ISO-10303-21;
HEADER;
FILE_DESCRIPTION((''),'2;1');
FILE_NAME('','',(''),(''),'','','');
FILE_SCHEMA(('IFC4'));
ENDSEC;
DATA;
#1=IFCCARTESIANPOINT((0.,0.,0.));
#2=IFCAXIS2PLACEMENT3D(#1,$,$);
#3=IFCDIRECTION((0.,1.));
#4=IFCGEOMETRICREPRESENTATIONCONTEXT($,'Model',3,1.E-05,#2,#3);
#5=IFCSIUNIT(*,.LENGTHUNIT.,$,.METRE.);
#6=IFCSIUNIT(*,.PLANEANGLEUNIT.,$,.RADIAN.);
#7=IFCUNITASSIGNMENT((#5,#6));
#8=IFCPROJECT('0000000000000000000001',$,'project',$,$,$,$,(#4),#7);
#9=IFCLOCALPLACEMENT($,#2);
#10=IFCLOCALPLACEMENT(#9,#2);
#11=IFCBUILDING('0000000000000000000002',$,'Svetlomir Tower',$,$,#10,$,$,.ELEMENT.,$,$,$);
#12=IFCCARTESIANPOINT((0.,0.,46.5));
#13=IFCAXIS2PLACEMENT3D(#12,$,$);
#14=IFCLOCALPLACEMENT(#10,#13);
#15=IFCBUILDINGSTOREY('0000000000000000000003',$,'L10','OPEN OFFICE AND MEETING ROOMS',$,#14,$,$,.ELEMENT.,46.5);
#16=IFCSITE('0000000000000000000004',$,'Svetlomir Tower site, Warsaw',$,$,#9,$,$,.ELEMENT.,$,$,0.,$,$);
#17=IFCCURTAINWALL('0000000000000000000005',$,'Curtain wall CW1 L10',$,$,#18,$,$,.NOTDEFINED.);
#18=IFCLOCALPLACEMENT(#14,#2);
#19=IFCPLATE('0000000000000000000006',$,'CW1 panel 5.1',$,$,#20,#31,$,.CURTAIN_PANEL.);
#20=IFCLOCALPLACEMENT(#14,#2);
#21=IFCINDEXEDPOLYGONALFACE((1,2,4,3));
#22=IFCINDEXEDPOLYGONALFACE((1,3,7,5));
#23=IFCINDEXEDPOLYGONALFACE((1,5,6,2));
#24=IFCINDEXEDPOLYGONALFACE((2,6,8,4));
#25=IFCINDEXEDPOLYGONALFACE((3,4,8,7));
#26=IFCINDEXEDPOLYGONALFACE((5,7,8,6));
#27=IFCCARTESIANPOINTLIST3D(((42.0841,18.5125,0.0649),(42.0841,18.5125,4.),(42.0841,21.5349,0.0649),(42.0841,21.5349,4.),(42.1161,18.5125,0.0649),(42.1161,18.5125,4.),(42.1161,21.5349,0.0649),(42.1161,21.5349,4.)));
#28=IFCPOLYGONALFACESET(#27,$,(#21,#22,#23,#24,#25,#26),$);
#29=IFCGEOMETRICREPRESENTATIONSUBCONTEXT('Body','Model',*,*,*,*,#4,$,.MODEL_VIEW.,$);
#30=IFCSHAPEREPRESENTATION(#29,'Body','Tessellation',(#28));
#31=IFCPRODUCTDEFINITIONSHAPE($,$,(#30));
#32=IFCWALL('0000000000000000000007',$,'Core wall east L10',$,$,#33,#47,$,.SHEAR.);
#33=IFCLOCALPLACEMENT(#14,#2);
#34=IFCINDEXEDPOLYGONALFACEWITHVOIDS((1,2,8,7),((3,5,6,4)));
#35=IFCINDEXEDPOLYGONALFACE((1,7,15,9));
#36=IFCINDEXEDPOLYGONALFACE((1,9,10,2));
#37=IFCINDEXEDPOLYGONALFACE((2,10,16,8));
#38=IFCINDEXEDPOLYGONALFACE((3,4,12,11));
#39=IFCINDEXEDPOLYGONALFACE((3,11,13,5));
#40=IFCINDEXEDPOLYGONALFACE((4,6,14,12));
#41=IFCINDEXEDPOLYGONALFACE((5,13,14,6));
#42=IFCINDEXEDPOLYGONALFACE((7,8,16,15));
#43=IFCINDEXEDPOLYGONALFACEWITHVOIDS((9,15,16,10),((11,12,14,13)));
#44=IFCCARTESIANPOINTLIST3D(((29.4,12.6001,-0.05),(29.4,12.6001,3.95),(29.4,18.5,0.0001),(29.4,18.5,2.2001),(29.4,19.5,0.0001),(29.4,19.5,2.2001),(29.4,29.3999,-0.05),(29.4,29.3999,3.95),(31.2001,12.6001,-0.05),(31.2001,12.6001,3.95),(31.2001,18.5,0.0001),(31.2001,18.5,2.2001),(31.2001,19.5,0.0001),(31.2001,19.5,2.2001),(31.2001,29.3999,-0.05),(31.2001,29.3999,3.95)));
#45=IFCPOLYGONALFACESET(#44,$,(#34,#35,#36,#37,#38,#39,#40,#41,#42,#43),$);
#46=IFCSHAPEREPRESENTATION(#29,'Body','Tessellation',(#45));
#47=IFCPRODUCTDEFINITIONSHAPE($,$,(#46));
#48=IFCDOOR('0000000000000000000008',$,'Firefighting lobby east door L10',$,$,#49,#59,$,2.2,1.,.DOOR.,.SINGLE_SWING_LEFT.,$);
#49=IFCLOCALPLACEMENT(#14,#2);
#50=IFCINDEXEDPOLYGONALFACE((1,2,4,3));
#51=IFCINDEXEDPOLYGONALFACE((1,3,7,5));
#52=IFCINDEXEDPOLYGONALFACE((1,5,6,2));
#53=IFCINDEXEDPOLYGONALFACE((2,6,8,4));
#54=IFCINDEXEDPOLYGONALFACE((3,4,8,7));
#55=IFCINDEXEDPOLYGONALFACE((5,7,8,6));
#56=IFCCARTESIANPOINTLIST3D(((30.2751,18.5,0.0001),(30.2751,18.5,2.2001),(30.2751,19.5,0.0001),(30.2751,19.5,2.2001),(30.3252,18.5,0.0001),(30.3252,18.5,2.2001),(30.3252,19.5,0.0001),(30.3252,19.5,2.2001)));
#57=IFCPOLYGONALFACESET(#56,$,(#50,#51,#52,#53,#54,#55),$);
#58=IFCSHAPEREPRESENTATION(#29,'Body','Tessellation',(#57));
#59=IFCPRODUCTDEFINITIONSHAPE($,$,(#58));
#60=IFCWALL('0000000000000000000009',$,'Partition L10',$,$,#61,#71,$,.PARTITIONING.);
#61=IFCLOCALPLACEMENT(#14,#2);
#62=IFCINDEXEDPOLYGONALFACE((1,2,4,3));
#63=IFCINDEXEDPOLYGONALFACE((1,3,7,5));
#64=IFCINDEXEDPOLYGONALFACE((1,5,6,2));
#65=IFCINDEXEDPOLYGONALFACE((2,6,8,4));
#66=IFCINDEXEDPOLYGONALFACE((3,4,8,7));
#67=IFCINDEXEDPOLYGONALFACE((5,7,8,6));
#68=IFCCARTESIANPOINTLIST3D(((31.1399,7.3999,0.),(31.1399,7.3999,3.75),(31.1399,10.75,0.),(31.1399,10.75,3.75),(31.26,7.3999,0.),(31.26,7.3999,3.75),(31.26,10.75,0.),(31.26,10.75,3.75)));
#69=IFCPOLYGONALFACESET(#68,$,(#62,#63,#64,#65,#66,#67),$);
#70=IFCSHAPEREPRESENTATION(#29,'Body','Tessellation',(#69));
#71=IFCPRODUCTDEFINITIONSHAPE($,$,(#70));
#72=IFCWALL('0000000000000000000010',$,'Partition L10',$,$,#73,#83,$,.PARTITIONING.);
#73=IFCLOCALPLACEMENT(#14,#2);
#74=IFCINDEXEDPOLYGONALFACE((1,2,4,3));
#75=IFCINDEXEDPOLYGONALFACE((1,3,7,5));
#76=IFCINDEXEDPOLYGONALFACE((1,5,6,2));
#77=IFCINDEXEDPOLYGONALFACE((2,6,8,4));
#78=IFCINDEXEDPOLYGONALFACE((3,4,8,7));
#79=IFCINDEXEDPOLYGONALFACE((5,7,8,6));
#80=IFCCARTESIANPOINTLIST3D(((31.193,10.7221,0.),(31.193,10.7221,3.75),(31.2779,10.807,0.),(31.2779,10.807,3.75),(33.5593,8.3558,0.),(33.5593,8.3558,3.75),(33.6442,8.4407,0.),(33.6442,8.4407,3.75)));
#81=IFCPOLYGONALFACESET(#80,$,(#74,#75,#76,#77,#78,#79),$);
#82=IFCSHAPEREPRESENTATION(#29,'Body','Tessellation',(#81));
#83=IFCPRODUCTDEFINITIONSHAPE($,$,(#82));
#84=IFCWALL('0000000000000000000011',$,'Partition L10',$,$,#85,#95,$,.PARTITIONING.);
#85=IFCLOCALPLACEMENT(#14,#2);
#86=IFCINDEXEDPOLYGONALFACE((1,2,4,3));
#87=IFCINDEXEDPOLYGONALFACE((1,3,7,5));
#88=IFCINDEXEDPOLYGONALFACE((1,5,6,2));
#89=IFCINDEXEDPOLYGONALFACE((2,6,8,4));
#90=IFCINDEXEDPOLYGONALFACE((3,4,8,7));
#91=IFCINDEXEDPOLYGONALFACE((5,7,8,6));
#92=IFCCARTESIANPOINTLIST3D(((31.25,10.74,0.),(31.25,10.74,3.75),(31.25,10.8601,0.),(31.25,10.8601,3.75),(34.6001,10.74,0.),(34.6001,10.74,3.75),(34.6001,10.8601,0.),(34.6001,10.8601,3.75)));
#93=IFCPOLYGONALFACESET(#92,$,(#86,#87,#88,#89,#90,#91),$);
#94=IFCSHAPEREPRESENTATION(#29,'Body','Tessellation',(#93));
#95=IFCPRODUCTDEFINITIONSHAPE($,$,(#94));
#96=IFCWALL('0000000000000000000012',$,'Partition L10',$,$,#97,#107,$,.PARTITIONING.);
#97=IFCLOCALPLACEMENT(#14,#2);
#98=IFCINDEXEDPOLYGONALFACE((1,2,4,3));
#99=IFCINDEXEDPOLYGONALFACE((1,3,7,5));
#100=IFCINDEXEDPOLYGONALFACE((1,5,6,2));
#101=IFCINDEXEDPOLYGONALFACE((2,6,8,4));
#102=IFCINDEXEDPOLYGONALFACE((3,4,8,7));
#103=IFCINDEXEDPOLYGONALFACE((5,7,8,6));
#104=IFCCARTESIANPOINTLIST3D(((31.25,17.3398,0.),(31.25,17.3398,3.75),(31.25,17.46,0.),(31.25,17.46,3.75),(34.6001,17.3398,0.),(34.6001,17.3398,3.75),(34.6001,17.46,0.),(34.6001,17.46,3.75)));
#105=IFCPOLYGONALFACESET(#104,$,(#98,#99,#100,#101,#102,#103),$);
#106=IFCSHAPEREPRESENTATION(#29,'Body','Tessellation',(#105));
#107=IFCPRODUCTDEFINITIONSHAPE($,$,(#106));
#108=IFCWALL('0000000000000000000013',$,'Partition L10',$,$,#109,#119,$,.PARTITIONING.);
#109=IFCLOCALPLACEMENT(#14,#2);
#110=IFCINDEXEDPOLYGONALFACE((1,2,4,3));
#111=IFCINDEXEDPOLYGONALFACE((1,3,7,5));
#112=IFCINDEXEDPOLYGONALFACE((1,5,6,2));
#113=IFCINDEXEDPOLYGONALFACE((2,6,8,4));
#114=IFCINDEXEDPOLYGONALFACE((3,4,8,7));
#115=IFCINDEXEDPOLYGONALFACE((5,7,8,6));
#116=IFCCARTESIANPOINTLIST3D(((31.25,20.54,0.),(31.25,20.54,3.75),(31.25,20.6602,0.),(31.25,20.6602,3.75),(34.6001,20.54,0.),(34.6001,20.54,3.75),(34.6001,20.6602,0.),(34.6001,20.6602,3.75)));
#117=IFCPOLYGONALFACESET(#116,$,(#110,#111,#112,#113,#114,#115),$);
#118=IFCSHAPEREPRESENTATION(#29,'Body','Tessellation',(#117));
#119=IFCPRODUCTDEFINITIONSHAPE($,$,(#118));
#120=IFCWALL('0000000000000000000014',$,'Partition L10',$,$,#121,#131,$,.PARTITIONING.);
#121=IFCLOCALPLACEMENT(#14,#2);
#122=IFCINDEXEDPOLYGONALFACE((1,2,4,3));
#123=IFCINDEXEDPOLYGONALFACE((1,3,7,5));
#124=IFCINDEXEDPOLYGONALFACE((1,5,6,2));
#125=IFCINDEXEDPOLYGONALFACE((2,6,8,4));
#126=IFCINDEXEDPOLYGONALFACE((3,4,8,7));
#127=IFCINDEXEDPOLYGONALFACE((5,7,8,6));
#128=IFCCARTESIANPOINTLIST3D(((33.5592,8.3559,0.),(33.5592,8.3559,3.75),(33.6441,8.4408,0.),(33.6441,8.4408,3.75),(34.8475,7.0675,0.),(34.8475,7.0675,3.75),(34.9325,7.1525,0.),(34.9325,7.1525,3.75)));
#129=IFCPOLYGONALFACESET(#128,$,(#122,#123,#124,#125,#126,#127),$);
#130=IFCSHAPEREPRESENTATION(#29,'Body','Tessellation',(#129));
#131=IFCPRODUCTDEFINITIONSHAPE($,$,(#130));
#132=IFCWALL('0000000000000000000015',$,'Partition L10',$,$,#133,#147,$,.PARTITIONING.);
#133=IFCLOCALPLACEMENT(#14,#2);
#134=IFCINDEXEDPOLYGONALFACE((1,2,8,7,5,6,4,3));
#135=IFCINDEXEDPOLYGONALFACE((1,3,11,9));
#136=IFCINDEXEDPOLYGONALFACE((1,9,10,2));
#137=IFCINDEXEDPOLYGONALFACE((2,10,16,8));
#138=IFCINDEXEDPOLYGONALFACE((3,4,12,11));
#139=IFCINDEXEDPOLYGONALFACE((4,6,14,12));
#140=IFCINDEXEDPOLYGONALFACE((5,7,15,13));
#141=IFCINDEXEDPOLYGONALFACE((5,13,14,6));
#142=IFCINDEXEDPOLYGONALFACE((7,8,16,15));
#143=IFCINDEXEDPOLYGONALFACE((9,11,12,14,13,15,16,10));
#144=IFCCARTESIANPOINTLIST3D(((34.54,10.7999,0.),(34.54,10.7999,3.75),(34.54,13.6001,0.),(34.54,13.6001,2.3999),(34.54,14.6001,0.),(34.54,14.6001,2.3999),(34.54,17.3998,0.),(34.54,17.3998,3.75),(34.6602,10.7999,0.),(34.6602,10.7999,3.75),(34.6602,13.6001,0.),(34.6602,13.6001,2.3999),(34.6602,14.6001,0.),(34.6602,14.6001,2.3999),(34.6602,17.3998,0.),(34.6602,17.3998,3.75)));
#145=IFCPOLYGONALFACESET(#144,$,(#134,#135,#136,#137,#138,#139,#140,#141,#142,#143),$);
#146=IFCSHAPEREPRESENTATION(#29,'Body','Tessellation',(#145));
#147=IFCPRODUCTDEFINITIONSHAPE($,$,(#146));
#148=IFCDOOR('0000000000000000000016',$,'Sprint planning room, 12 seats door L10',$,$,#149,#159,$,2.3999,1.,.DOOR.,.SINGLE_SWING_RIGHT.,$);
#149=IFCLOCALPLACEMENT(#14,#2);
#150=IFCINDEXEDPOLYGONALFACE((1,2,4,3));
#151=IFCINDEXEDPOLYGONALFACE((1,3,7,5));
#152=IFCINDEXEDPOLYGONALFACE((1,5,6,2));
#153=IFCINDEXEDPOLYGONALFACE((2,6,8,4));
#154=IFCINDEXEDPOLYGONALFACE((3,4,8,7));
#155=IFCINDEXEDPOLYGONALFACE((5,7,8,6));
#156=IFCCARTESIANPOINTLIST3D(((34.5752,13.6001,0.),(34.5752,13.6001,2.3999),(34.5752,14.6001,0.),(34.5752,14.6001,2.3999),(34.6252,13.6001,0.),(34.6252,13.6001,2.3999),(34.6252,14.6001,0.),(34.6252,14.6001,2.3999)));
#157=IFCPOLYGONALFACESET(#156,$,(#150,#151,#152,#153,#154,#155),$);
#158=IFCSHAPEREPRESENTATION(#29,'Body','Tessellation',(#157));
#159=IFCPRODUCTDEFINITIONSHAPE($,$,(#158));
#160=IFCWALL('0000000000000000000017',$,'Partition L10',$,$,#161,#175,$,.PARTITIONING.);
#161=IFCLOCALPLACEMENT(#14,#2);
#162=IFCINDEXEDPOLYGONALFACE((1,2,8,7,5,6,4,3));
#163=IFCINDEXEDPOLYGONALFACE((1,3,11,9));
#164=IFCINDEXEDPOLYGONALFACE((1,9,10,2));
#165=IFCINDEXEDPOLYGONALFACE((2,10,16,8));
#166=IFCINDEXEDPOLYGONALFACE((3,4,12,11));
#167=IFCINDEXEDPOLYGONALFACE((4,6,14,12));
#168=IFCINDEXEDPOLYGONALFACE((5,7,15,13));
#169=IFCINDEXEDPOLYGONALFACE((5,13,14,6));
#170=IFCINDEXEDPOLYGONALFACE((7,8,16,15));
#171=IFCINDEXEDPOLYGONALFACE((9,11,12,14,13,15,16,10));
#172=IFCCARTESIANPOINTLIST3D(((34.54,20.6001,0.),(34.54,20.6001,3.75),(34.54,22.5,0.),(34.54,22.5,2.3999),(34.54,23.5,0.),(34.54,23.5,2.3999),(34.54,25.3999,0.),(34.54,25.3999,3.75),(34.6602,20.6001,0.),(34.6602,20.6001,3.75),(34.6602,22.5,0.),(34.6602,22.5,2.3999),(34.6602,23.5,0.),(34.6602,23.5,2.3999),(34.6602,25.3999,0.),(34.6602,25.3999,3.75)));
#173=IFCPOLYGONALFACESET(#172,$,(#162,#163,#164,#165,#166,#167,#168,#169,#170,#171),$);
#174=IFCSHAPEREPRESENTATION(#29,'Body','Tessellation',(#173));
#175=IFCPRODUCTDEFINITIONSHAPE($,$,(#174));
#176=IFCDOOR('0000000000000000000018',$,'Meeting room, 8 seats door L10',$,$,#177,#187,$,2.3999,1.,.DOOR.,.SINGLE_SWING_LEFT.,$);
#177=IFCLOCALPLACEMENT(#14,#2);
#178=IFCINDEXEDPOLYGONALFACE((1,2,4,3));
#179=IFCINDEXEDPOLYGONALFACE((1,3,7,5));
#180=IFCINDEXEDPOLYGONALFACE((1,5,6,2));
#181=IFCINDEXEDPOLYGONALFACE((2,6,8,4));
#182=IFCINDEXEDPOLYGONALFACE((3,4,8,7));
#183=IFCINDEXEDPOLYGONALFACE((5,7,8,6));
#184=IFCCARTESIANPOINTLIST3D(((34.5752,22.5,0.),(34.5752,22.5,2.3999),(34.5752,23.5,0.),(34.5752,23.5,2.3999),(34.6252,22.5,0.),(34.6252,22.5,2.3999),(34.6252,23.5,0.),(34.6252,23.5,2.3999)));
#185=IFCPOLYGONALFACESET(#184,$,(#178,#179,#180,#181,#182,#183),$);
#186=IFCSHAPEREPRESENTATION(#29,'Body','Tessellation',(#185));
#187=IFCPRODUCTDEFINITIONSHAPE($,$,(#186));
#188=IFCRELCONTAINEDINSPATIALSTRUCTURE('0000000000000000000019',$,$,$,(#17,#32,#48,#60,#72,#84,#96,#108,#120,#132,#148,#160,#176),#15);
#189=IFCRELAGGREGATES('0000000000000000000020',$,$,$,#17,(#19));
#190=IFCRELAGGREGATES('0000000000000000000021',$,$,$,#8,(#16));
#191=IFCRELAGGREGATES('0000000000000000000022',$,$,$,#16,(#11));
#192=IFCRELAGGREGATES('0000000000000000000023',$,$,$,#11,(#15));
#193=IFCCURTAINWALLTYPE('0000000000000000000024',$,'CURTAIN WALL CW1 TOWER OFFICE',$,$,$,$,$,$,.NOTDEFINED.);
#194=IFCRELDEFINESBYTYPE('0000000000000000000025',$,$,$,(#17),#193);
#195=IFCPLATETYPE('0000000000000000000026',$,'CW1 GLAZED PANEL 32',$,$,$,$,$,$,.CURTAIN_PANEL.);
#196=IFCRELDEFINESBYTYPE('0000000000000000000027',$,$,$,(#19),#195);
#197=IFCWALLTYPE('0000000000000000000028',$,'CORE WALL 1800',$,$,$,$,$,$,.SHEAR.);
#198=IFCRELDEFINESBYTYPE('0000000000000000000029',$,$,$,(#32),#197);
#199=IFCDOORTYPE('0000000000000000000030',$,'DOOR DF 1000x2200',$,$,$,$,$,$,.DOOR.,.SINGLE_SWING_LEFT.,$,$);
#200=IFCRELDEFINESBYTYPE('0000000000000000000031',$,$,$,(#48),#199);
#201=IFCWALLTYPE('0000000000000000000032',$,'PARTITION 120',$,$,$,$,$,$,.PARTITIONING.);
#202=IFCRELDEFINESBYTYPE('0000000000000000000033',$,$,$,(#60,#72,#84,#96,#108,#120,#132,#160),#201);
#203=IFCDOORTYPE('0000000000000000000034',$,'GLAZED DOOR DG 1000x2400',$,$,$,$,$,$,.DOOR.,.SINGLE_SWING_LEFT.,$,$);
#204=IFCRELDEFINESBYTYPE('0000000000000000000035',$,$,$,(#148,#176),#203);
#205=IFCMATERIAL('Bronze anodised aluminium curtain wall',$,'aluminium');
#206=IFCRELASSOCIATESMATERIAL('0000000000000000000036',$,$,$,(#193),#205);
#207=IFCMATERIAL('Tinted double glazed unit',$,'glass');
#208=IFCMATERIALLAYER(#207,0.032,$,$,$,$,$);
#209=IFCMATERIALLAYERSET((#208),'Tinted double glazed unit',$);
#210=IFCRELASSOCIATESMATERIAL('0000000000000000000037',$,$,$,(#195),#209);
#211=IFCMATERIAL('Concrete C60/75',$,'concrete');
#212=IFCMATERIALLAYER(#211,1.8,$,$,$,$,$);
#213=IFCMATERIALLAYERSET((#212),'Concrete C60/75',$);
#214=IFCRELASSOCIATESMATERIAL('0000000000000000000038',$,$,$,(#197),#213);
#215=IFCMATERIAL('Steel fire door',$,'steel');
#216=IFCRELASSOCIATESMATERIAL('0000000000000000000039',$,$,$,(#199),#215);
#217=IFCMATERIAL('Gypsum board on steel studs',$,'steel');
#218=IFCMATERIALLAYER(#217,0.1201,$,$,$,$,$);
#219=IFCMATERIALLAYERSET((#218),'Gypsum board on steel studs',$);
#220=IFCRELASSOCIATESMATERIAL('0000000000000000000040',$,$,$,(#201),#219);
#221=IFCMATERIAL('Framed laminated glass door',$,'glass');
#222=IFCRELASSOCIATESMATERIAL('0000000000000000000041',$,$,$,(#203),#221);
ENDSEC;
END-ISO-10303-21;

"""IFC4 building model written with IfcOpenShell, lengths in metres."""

from ifc_helpers import new_model, si_unit, direction, frame, frame_2d, origin, origin_2d, place, context, subcontext, project, spatial, rectangle, extrude, material, layer, layer_set, type_object, element, fill, aggregate, save


model = new_model("IFC4")

# Units and contexts
model_context = context("Model", 3, precision=1e-05, world=origin(), true_north=direction((0.0, 1.0)))
body_context = subcontext(model_context, "Body", "Model", "MODEL_VIEW")
ifc_project = project(units=[si_unit("LENGTHUNIT", "METRE"), si_unit("PLANEANGLEUNIT", "RADIAN")], contexts=[model_context])

# Site, building, storey
site_placement = place(None, origin())
site = spatial("IfcSite", under=ifc_project, at=site_placement, Name="Svetlomir Tower site, Warsaw", CompositionType="ELEMENT", RefElevation=0.0)
building_placement = place(site_placement, origin())
building = spatial("IfcBuilding", under=site, at=building_placement, Name="Svetlomir Tower", CompositionType="ELEMENT")
storey_placement = place(building_placement, frame((0.0, 0.0, 46.5)))
storey = spatial("IfcBuildingStorey", under=building, at=storey_placement, Name="L10", Description="OPEN OFFICE AND MEETING ROOMS", CompositionType="ELEMENT", Elevation=46.5)

# Curtain wall
ifc_material_1 = material(Name="Bronze anodised aluminium curtain wall", Category="aluminium")
curtain_wall_type = type_object("IfcCurtainWallType", Name="CURTAIN WALL CW1 TOWER OFFICE", PredefinedType="NOTDEFINED", material=ifc_material_1)
curtain_wall_placement = place(storey_placement, origin())
curtain_wall = element("IfcCurtainWall", 1, at=curtain_wall_placement, inside=storey, type_object=curtain_wall_type, Name="Curtain wall CW1 L10", PredefinedType="NOTDEFINED")

# Plate
ifc_material_2 = material(Name="Tinted double glazed unit", Category="glass")
ifc_layer_1 = layer(ifc_material_2, 0.032)
ifc_layer_set_1 = layer_set([ifc_layer_1], Name="Tinted double glazed unit")
plate_type = type_object("IfcPlateType", Name="CW1 GLAZED PANEL 32", PredefinedType="CURTAIN_PANEL", material=ifc_layer_set_1)
plate_1_placement = place(storey_placement, frame((42.1001, 20.0237, 0.0649), z_axis=(0.0, 0.0, 1.0), x_axis=(0.0, 1.0, 0.0)))
plate_1 = element("IfcPlate", 2, at=plate_1_placement, type_object=plate_type, Name="CW1 panel 5.1", PredefinedType="CURTAIN_PANEL", context=body_context, shape_type="SweptSolid", body=[
    extrude(rectangle(XDim=3.0225, YDim=0.032, at=origin_2d()), origin(), (0.0, 0.0, 1.0), 3.9351),
])
aggregate(curtain_wall, [plate_1])

# Wall, opening, door
ifc_material_3 = material(Name="Concrete C60/75", Category="concrete")
ifc_layer_2 = layer(ifc_material_3, 1.8)
ifc_layer_set_2 = layer_set([ifc_layer_2], Name="Concrete C60/75")
wall_type_1 = type_object("IfcWallType", Name="CORE WALL 1800", PredefinedType="SHEAR", material=ifc_layer_set_2)
wall_1_placement = place(storey_placement, frame((30.3, 12.6001, -0.05), z_axis=(0.0, 0.0, 1.0), x_axis=(0.0, 1.0, 0.0)))
wall_1 = element("IfcWall", 3, at=wall_1_placement, inside=storey, type_object=wall_type_1, Name="Core wall east L10", PredefinedType="SHEAR", context=body_context, shape_type="SweptSolid", body=[
    extrude(rectangle(XDim=16.7998, YDim=1.8, at=frame_2d((8.3999, 0.0))), origin(), (0.0, 0.0, 1.0), 4.0),
])
opening_1_placement = place(wall_1_placement, frame((5.8999, 0.0, 0.05)))
opening_1 = element("IfcOpeningElement", 4, at=opening_1_placement, cuts=wall_1, PredefinedType="OPENING", context=body_context, shape_type="SweptSolid", body=[
    extrude(rectangle(XDim=1.0, YDim=2.2, at=frame_2d((0.5, 1.1001))), frame((0.0, 0.9102, 0.0), z_axis=(0.0, -1.0, 0.0), x_axis=(1.0, 0.0, 0.0)), (0.0, 0.0, 1.0), 1.8201),
])
ifc_material_4 = material(Name="Steel fire door", Category="steel")
door_type_1 = type_object("IfcDoorType", Name="DOOR DF 1000x2200", OperationType="SINGLE_SWING_LEFT", PredefinedType="DOOR", material=ifc_material_4)
door_1_placement = place(opening_1_placement, origin())
door_1 = element("IfcDoor", 5, at=door_1_placement, inside=storey, type_object=door_type_1, Name="Firefighting lobby east door L10", OperationType="SINGLE_SWING_LEFT", OverallHeight=2.2, OverallWidth=1.0, PredefinedType="DOOR", context=body_context, shape_type="SweptSolid", body=[
    extrude(rectangle(XDim=1.0, YDim=2.2, at=frame_2d((0.5, 1.1001))), frame((0.0, 0.0249, 0.0), z_axis=(0.0, -1.0, 0.0), x_axis=(1.0, 0.0, 0.0)), (0.0, 0.0, 1.0), 0.05),
])
fill(opening_1, door_1)

# Walls
ifc_material_5 = material(Name="Gypsum board on steel studs", Category="steel")
ifc_layer_3 = layer(ifc_material_5, 0.1201)
ifc_layer_set_3 = layer_set([ifc_layer_3], Name="Gypsum board on steel studs")
wall_type_2 = type_object("IfcWallType", Name="PARTITION 120", PredefinedType="PARTITIONING", material=ifc_layer_set_3)
wall_2_placement = place(storey_placement, frame((31.2, 7.3999, 0.0), z_axis=(0.0, 0.0, 1.0), x_axis=(0.0, 1.0, 0.0)))
element("IfcWall", 6, at=wall_2_placement, inside=storey, type_object=wall_type_2, Name="Partition L10", PredefinedType="PARTITIONING", context=body_context, shape_type="SweptSolid", body=[
    extrude(rectangle(XDim=3.3501, YDim=0.1201, at=frame_2d((1.675, 0.0))), origin(), (0.0, 0.0, 1.0), 3.75),
])
wall_3_placement = place(storey_placement, frame((31.2354, 10.7646, 0.0), z_axis=(0.0, 0.0, 1.0), x_axis=(0.707107, -0.707107, 0.0)))
element("IfcWall", 7, at=wall_3_placement, inside=storey, type_object=wall_type_2, Name="Partition L10", PredefinedType="PARTITIONING", context=body_context, shape_type="SweptSolid", body=[
    extrude(rectangle(XDim=3.3464, YDim=0.1201, at=frame_2d((1.6733, 0.0))), origin(), (0.0, 0.0, 1.0), 3.75),
])
for number, where, z_axis, x_axis, name in (
    (8, (31.25, 10.8, 0.0), (0.0, 0.0, 1.0), (1.0, 0.0, 0.0), "Partition L10"),
    (9, (31.25, 17.3999, 0.0), (0.0, 0.0, 1.0), (1.0, 0.0, 0.0), "Partition L10"),
    (10, (31.25, 20.6001, 0.0), (0.0, 0.0, 1.0), (1.0, 0.0, 0.0), "Partition L10"),
):
    element("IfcWall", number, at=place(storey_placement, frame(where, z_axis=z_axis, x_axis=x_axis)), inside=storey, type_object=wall_type_2, Name=name, PredefinedType="PARTITIONING", context=body_context, shape_type="SweptSolid", body=[
        extrude(rectangle(XDim=3.3501, YDim=0.1201, at=frame_2d((1.675, 0.0))), origin(), (0.0, 0.0, 1.0), 3.75),
    ])
wall_4_placement = place(storey_placement, frame((33.6016, 8.3984, 0.0), z_axis=(0.0, 0.0, 1.0), x_axis=(0.707107, -0.707107, 0.0)))
element("IfcWall", 11, at=wall_4_placement, inside=storey, type_object=wall_type_2, Name="Partition L10", PredefinedType="PARTITIONING", context=body_context, shape_type="SweptSolid", body=[
    extrude(rectangle(XDim=1.822, YDim=0.1201, at=frame_2d((0.9111, 0.0))), origin(), (0.0, 0.0, 1.0), 3.75),
])

# Walls, openings, doors
wall_5_placement = place(storey_placement, frame((34.6001, 10.8, 0.0), z_axis=(0.0, 0.0, 1.0), x_axis=(0.0, 1.0, 0.0)))
wall_5 = element("IfcWall", 12, at=wall_5_placement, inside=storey, type_object=wall_type_2, Name="Partition L10", PredefinedType="PARTITIONING", context=body_context, shape_type="SweptSolid", body=[
    extrude(rectangle(XDim=6.5999, YDim=0.1201, at=frame_2d((3.2998, 0.0))), origin(), (0.0, 0.0, 1.0), 3.75),
])
opening_2_placement = place(wall_5_placement, frame((2.8, 0.0, 0.0)))
opening_2 = element("IfcOpeningElement", 13, at=opening_2_placement, cuts=wall_5, PredefinedType="OPENING", context=body_context, shape_type="SweptSolid", body=[
    extrude(rectangle(XDim=1.0, YDim=2.3999, at=frame_2d((0.5, 1.2))), frame((0.0, 0.0701, 0.0), z_axis=(0.0, -1.0, 0.0), x_axis=(1.0, 0.0, 0.0)), (0.0, 0.0, 1.0), 0.1401),
])
ifc_material_6 = material(Name="Framed laminated glass door", Category="glass")
door_type_2 = type_object("IfcDoorType", Name="GLAZED DOOR DG 1000x2400", OperationType="SINGLE_SWING_LEFT", PredefinedType="DOOR", material=ifc_material_6)
door_2_placement = place(opening_2_placement, origin())
door_2 = element("IfcDoor", 14, at=door_2_placement, inside=storey, type_object=door_type_2, Name="Sprint planning room, 12 seats door L10", OperationType="SINGLE_SWING_RIGHT", OverallHeight=2.3999, OverallWidth=1.0, PredefinedType="DOOR", context=body_context, shape_type="SweptSolid", body=[
    extrude(rectangle(XDim=1.0, YDim=2.3999, at=frame_2d((0.5, 1.2))), frame((0.0, 0.0249, 0.0), z_axis=(0.0, -1.0, 0.0), x_axis=(1.0, 0.0, 0.0)), (0.0, 0.0, 1.0), 0.05),
])
fill(opening_2, door_2)
wall_6_placement = place(storey_placement, frame((34.6001, 20.6001, 0.0), z_axis=(0.0, 0.0, 1.0), x_axis=(0.0, 1.0, 0.0)))
wall_6 = element("IfcWall", 15, at=wall_6_placement, inside=storey, type_object=wall_type_2, Name="Partition L10", PredefinedType="PARTITIONING", context=body_context, shape_type="SweptSolid", body=[
    extrude(rectangle(XDim=4.7998, YDim=0.1201, at=frame_2d((2.3999, 0.0))), origin(), (0.0, 0.0, 1.0), 3.75),
])
opening_3_placement = place(wall_6_placement, frame((1.8999, 0.0, 0.0)))
opening_3 = element("IfcOpeningElement", 16, at=opening_3_placement, cuts=wall_6, PredefinedType="OPENING", context=body_context, shape_type="SweptSolid", body=[
    extrude(rectangle(XDim=1.0, YDim=2.3999, at=frame_2d((0.5, 1.2))), frame((0.0, 0.0701, 0.0), z_axis=(0.0, -1.0, 0.0), x_axis=(1.0, 0.0, 0.0)), (0.0, 0.0, 1.0), 0.1401),
])
door_3_placement = place(opening_3_placement, origin())
door_3 = element("IfcDoor", 17, at=door_3_placement, inside=storey, type_object=door_type_2, Name="Meeting room, 8 seats door L10", OperationType="SINGLE_SWING_LEFT", OverallHeight=2.3999, OverallWidth=1.0, PredefinedType="DOOR", context=body_context, shape_type="SweptSolid", body=[
    extrude(rectangle(XDim=1.0, YDim=2.3999, at=frame_2d((0.5, 1.2))), frame((0.0, 0.0249, 0.0), z_axis=(0.0, -1.0, 0.0), x_axis=(1.0, 0.0, 0.0)), (0.0, 0.0, 1.0), 0.05),
])
fill(opening_3, door_3)

save(model, "model.ifc")
